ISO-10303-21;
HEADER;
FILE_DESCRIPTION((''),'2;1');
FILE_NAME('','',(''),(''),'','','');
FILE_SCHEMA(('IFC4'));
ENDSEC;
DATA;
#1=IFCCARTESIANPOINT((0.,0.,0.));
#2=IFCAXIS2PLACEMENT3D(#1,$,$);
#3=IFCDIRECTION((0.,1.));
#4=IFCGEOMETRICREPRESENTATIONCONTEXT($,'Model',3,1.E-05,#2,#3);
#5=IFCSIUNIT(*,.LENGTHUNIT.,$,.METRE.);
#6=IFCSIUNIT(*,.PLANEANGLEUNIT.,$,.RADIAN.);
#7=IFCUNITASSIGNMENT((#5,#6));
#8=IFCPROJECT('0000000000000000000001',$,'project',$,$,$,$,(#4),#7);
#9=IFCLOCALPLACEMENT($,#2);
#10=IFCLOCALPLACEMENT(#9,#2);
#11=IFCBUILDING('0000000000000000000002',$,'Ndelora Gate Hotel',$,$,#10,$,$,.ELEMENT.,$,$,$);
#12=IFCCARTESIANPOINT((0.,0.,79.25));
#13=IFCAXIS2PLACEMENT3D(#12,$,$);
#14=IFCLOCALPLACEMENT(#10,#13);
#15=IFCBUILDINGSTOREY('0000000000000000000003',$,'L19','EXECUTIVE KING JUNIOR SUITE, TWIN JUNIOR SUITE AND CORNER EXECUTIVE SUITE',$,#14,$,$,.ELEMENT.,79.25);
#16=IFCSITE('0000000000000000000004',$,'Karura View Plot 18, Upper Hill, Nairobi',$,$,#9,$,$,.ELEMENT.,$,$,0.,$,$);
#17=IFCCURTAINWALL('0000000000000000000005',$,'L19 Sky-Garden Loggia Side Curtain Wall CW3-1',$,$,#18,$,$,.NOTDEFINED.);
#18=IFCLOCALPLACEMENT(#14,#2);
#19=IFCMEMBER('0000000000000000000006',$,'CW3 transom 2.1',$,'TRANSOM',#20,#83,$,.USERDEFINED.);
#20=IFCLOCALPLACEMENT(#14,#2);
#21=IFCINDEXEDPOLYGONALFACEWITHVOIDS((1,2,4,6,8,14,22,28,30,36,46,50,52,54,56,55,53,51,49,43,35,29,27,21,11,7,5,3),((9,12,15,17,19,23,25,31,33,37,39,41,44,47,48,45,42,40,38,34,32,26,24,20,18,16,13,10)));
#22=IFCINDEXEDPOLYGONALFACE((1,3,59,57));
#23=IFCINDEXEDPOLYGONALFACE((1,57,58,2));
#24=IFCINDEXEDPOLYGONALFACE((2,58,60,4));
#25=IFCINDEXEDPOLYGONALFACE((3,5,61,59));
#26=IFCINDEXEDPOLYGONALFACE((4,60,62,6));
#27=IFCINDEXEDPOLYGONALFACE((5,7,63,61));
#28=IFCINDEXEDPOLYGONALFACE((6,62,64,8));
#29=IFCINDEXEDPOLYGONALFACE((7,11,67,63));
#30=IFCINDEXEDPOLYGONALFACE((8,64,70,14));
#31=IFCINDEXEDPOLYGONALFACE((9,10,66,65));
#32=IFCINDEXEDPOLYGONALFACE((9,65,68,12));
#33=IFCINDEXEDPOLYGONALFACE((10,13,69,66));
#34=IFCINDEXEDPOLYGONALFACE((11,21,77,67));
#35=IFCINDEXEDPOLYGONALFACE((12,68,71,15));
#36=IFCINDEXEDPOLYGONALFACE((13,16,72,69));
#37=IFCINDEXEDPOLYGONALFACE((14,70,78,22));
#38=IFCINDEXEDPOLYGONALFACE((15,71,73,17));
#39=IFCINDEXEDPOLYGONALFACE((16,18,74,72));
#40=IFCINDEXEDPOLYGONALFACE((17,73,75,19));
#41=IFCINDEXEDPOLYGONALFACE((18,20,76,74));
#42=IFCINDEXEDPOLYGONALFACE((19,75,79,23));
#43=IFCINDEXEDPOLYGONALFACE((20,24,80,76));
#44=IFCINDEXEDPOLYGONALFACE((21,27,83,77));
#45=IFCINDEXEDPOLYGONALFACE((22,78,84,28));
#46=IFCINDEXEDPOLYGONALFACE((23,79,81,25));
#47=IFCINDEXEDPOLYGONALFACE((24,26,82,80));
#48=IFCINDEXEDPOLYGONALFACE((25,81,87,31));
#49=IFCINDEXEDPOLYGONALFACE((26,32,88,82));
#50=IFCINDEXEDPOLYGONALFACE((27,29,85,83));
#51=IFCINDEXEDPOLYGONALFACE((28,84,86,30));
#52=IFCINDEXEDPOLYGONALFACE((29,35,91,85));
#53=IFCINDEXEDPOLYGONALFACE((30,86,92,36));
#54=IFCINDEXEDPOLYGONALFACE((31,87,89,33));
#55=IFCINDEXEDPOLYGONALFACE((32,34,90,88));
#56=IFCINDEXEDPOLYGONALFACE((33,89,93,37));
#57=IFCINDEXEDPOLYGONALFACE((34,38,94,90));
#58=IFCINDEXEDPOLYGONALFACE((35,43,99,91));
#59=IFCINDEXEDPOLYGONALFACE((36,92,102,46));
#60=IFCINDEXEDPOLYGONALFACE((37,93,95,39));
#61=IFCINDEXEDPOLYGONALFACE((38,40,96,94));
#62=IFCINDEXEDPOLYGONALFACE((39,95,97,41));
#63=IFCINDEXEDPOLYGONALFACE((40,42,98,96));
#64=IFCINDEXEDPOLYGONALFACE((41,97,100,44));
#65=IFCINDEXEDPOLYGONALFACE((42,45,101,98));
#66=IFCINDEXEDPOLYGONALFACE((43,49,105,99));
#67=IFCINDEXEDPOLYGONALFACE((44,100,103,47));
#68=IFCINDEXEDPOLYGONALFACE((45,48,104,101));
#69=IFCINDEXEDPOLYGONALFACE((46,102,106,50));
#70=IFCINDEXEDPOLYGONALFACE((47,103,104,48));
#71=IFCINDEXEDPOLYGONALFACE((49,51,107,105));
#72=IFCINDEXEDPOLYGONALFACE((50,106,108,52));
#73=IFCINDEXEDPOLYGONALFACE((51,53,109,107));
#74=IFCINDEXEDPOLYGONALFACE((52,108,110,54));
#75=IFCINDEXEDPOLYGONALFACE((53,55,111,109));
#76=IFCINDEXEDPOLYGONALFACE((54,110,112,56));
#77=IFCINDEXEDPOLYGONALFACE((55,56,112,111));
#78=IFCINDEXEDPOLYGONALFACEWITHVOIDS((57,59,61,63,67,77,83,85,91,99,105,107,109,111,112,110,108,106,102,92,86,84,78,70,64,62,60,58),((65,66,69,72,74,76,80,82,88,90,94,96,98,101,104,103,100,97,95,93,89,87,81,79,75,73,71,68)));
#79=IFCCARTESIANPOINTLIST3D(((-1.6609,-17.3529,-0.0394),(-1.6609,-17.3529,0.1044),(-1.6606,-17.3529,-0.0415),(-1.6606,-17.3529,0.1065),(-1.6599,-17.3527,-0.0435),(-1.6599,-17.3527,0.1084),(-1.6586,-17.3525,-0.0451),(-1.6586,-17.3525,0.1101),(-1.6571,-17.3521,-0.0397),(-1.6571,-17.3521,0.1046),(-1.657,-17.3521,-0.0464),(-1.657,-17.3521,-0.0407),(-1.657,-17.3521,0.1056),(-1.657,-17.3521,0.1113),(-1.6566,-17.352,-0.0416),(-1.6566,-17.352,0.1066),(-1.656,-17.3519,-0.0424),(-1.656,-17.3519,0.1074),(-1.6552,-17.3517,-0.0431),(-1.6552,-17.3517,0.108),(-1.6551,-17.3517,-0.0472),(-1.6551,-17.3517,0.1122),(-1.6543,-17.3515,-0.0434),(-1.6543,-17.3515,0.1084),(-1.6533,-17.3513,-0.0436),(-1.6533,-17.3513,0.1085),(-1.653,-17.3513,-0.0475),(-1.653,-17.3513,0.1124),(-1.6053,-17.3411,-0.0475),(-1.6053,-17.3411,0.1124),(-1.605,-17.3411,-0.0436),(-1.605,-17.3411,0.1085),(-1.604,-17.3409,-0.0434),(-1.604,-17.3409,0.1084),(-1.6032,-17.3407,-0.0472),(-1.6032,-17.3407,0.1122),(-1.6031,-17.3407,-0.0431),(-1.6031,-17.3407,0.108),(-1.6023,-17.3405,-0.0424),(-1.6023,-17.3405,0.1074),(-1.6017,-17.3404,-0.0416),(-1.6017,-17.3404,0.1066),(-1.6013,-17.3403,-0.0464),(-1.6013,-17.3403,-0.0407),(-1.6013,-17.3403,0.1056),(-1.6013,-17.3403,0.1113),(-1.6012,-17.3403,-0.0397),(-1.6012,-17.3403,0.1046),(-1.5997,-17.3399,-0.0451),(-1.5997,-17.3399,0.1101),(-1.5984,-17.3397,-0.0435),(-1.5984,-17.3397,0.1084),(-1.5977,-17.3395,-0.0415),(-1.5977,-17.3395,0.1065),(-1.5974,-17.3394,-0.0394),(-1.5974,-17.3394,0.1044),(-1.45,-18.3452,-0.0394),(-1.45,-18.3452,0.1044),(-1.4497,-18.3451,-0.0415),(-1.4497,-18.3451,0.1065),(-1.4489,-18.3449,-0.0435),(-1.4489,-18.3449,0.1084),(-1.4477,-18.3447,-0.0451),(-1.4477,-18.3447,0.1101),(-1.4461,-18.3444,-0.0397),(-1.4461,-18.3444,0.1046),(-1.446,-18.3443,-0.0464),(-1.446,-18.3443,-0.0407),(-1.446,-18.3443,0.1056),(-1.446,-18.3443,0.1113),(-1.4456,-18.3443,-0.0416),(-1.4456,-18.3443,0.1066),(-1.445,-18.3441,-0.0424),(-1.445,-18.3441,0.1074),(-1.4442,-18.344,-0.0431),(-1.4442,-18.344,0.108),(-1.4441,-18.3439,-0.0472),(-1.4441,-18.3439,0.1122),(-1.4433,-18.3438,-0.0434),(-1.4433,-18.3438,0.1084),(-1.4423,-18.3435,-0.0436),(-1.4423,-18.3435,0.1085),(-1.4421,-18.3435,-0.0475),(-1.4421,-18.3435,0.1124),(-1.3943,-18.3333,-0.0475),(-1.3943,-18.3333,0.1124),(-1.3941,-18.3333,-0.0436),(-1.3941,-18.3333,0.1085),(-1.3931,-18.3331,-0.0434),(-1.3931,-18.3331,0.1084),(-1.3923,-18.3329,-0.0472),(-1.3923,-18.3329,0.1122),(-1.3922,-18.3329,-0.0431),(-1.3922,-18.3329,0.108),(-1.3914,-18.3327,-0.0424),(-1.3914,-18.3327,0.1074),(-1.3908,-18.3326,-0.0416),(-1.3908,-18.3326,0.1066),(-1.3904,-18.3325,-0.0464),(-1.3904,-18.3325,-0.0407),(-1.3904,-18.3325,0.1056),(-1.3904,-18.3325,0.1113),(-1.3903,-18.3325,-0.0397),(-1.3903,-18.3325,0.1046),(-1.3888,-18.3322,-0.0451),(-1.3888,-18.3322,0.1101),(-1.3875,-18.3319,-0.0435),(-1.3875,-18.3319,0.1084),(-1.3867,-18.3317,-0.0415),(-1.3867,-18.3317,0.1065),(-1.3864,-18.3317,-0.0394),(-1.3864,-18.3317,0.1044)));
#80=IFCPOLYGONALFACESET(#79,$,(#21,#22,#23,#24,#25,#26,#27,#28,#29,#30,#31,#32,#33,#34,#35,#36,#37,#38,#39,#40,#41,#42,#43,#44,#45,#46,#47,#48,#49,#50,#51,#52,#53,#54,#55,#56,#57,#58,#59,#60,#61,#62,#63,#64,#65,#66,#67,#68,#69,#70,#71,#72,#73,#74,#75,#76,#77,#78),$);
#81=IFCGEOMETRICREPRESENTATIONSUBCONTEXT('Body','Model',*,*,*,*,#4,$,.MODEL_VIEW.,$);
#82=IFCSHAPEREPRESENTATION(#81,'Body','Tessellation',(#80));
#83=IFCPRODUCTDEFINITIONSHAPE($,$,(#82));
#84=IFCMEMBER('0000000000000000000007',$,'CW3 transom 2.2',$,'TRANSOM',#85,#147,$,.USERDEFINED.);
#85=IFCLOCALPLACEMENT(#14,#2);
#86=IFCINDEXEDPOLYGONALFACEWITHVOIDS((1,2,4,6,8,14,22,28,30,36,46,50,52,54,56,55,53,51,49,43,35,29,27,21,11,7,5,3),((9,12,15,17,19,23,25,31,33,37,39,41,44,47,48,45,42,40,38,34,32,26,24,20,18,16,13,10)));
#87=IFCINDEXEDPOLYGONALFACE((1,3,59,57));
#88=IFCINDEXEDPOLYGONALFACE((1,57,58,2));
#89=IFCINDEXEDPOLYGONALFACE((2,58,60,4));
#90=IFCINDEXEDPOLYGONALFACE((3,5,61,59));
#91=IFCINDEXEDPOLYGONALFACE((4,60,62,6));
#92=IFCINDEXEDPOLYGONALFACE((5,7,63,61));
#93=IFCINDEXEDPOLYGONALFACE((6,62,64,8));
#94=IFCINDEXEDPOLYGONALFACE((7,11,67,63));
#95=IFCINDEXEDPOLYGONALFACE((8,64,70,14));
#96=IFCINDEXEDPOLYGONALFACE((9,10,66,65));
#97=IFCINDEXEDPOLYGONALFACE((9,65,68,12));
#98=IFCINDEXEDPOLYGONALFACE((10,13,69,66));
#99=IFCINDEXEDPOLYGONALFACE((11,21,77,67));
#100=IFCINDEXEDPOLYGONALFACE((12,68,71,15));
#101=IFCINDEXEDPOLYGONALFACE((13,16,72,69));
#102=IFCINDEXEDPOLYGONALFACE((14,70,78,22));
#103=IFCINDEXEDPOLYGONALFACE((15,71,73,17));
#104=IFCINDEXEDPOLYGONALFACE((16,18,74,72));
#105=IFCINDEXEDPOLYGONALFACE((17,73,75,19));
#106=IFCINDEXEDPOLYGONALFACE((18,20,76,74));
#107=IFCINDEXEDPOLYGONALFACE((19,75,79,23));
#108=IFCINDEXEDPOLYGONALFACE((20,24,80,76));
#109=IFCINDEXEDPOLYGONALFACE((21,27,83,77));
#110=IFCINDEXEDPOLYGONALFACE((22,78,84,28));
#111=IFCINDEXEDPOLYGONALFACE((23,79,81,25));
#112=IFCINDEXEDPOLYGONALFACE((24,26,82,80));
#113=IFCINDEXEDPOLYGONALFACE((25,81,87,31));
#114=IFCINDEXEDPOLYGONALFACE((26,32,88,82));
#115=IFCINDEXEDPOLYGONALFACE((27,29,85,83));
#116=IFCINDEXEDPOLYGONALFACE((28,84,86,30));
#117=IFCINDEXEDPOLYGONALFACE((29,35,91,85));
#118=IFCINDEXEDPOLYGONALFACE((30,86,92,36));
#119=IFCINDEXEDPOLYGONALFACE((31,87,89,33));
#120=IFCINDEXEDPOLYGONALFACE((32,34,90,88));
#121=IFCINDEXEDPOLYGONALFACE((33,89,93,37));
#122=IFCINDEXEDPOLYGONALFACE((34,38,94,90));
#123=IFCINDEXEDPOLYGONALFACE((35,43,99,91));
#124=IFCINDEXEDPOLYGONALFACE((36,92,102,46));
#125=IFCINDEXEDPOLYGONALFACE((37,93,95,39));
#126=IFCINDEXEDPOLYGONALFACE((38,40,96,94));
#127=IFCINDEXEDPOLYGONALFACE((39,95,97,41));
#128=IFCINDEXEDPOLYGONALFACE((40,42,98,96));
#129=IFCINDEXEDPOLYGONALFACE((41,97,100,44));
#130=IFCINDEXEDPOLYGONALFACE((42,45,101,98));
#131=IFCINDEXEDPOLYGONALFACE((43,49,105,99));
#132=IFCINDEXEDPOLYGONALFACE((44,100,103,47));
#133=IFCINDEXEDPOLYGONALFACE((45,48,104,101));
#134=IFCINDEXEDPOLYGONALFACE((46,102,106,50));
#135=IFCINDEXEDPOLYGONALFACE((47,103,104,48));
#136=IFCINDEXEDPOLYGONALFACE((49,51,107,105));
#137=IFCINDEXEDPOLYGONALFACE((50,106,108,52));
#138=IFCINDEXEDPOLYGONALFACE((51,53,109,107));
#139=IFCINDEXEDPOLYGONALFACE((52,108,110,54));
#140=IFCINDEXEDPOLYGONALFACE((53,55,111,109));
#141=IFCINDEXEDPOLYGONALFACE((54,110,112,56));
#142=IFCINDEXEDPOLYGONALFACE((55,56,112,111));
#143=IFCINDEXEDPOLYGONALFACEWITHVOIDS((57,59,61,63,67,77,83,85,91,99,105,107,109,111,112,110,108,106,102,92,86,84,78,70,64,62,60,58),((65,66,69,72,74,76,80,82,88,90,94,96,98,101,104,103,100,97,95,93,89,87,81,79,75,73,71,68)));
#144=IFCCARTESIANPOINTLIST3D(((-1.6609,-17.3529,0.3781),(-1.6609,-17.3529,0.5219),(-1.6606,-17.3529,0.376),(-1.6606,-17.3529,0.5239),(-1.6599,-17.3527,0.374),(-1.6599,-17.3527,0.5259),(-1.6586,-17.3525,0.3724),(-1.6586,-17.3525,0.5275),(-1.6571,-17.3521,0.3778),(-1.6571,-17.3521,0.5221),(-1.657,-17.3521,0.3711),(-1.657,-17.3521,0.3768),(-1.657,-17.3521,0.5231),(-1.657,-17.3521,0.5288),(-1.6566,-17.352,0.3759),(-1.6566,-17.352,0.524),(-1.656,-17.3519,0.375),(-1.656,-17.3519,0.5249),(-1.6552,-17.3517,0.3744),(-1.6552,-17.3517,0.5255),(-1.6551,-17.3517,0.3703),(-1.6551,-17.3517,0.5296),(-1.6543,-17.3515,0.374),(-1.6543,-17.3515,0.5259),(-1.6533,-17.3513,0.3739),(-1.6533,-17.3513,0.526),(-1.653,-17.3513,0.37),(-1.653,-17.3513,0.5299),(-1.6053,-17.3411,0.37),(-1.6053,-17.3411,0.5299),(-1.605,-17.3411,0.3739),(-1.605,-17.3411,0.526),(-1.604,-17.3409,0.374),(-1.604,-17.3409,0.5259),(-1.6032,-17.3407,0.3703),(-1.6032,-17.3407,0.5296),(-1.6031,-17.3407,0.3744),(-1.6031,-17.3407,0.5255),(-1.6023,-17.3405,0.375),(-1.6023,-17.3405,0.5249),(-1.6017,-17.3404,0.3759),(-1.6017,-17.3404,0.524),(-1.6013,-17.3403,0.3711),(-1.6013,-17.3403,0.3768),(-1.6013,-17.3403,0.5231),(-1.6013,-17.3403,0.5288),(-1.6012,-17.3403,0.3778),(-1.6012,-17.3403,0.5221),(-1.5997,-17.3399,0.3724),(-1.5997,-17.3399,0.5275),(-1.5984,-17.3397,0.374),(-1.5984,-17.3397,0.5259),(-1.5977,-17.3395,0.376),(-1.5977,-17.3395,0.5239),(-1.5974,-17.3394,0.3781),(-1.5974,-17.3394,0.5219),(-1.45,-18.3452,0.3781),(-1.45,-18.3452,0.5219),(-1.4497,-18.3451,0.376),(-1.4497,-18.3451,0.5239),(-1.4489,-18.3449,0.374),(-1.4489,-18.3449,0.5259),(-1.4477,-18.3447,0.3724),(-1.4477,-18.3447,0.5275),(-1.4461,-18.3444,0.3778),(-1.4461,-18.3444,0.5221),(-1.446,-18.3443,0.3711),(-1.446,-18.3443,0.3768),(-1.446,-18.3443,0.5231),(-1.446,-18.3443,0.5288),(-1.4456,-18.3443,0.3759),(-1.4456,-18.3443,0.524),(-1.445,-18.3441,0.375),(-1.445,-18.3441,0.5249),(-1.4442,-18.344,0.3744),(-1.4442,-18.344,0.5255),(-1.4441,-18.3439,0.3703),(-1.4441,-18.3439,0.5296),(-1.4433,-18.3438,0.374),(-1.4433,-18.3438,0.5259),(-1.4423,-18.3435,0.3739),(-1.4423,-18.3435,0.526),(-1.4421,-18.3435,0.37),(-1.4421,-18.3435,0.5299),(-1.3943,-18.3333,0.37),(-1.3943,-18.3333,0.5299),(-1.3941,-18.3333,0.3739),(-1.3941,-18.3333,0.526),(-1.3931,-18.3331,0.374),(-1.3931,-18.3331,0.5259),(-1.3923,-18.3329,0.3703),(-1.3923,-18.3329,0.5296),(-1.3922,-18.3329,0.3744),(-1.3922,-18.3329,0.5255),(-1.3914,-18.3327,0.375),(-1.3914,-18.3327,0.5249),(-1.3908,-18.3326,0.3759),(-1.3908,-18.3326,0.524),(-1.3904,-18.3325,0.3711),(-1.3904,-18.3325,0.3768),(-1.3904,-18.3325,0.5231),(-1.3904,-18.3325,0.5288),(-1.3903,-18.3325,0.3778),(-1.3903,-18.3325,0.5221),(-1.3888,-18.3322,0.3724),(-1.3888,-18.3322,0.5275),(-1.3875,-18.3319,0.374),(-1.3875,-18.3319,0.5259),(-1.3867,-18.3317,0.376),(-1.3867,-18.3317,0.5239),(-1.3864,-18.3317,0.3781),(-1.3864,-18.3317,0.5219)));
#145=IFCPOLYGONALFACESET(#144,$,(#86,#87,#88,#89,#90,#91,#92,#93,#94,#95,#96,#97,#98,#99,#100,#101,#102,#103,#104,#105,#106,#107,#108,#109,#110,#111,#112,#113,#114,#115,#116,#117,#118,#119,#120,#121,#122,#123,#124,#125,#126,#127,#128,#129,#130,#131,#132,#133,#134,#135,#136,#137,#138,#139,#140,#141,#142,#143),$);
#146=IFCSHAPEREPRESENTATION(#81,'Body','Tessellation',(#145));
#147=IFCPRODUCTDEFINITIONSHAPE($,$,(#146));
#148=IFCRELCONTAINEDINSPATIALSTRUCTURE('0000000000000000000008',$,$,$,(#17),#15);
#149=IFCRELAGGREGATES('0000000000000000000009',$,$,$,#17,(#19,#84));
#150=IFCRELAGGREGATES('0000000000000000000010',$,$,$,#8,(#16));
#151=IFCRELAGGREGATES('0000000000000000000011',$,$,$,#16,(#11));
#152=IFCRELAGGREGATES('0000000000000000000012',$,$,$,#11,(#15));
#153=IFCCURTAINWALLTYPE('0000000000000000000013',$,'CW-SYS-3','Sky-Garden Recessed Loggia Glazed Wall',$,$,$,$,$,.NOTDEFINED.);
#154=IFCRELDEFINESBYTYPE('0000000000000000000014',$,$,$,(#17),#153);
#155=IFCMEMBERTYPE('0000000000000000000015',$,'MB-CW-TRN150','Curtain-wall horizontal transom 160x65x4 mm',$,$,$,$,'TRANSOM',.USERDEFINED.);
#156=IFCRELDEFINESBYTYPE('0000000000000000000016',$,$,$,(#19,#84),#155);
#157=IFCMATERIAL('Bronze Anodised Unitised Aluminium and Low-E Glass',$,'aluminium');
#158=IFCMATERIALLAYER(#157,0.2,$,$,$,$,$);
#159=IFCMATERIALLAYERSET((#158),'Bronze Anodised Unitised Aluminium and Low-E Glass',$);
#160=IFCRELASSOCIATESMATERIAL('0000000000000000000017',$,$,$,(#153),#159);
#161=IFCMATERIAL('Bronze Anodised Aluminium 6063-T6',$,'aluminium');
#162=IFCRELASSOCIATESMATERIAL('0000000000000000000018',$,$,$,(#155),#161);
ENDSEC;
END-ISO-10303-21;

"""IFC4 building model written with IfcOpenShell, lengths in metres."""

from ifc_helpers import new_model, si_unit, direction, frame, origin, origin_2d, place, context, subcontext, project, spatial, hollow_rectangle, extrude, material, layer, layer_set, material_profile, profile_set, type_object, element, aggregate, save


model = new_model("IFC4")

# Units and contexts
model_context = context("Model", 3, precision=1e-05, world=origin(), true_north=direction((0.0, 1.0)))
body_context = subcontext(model_context, "Body", "Model", "MODEL_VIEW")
ifc_project = project(units=[si_unit("LENGTHUNIT", "METRE"), si_unit("PLANEANGLEUNIT", "RADIAN")], contexts=[model_context])

# Site, building, storey
site_placement = place(None, origin())
site = spatial("IfcSite", under=ifc_project, at=site_placement, Name="Karura View Plot 18, Upper Hill, Nairobi", CompositionType="ELEMENT", RefElevation=0.0)
building_placement = place(site_placement, origin())
building = spatial("IfcBuilding", under=site, at=building_placement, Name="Ndelora Gate Hotel", CompositionType="ELEMENT")
storey_placement = place(building_placement, frame((0.0, 0.0, 79.25)))
storey = spatial("IfcBuildingStorey", under=building, at=storey_placement, Name="L19", Description="EXECUTIVE KING JUNIOR SUITE, TWIN JUNIOR SUITE AND CORNER EXECUTIVE SUITE", CompositionType="ELEMENT", Elevation=79.25)

# Curtain wall, members
ifc_material_1 = material(Name="Bronze Anodised Unitised Aluminium and Low-E Glass", Category="aluminium")
ifc_layer_1 = layer(ifc_material_1, 0.2)
ifc_layer_set_1 = layer_set([ifc_layer_1], Name="Bronze Anodised Unitised Aluminium and Low-E Glass")
curtain_wall_type = type_object("IfcCurtainWallType", Name="CW-SYS-3", Description="Sky-Garden Recessed Loggia Glazed Wall", PredefinedType="NOTDEFINED", material=ifc_layer_set_1)
curtain_wall_placement = place(storey_placement, origin())
curtain_wall = element("IfcCurtainWall", 1, at=curtain_wall_placement, inside=storey, type_object=curtain_wall_type, Name="L19 Sky-Garden Loggia Side Curtain Wall CW3-1", PredefinedType="NOTDEFINED")
ifc_material_2 = material(Name="Bronze Anodised Aluminium 6063-T6", Category="aluminium")
ifc_material_profile_1 = material_profile(ifc_material_2, hollow_rectangle(XDim=0.0649, YDim=0.1599, WallThickness=0.0039, InnerFilletRadius=0.0039, OuterFilletRadius=0.0081, at=origin_2d()), Name="ALU 160x65x4")
ifc_profile_set_1 = profile_set([ifc_material_profile_1], Name="Bronze Anodised Aluminium 6063-T6")
member_type_1 = type_object("IfcMemberType", Name="MB-CW-TRN150", Description="Curtain-wall horizontal transom 160x65x4 mm", ElementType="TRANSOM", PredefinedType="USERDEFINED", material=ifc_profile_set_1)
member_1_placement = place(storey_placement, frame((-1.6292, -17.3462, 0.0325), z_axis=(0.207951, -0.978139, 0.0), x_axis=(0.978139, 0.207951, 0.0)))
member_1 = element("IfcMember", 2, at=member_1_placement, type_object=member_type_1, Name="CW3 transom 2.1", ObjectType="TRANSOM", PredefinedType="USERDEFINED", context=body_context, shape_type="SweptSolid", body=[
    extrude(hollow_rectangle(XDim=0.0649, YDim=0.1599, WallThickness=0.0039, InnerFilletRadius=0.0039, OuterFilletRadius=0.0081, at=origin_2d()), origin(), (0.0, 0.0, 1.0), 1.0144),
])
member_2_placement = place(storey_placement, frame((-1.6292, -17.3462, 0.45), z_axis=(0.207951, -0.978139, 0.0), x_axis=(0.978139, 0.207951, 0.0)))
member_2 = element("IfcMember", 3, at=member_2_placement, type_object=member_type_1, Name="CW3 transom 2.2", ObjectType="TRANSOM", PredefinedType="USERDEFINED", context=body_context, shape_type="SweptSolid", body=[
    extrude(hollow_rectangle(XDim=0.0649, YDim=0.1599, WallThickness=0.0039, InnerFilletRadius=0.0039, OuterFilletRadius=0.0081, at=origin_2d()), origin(), (0.0, 0.0, 1.0), 1.0144),
])
aggregate(curtain_wall, [member_1, member_2])

save(model, "model.ifc")
